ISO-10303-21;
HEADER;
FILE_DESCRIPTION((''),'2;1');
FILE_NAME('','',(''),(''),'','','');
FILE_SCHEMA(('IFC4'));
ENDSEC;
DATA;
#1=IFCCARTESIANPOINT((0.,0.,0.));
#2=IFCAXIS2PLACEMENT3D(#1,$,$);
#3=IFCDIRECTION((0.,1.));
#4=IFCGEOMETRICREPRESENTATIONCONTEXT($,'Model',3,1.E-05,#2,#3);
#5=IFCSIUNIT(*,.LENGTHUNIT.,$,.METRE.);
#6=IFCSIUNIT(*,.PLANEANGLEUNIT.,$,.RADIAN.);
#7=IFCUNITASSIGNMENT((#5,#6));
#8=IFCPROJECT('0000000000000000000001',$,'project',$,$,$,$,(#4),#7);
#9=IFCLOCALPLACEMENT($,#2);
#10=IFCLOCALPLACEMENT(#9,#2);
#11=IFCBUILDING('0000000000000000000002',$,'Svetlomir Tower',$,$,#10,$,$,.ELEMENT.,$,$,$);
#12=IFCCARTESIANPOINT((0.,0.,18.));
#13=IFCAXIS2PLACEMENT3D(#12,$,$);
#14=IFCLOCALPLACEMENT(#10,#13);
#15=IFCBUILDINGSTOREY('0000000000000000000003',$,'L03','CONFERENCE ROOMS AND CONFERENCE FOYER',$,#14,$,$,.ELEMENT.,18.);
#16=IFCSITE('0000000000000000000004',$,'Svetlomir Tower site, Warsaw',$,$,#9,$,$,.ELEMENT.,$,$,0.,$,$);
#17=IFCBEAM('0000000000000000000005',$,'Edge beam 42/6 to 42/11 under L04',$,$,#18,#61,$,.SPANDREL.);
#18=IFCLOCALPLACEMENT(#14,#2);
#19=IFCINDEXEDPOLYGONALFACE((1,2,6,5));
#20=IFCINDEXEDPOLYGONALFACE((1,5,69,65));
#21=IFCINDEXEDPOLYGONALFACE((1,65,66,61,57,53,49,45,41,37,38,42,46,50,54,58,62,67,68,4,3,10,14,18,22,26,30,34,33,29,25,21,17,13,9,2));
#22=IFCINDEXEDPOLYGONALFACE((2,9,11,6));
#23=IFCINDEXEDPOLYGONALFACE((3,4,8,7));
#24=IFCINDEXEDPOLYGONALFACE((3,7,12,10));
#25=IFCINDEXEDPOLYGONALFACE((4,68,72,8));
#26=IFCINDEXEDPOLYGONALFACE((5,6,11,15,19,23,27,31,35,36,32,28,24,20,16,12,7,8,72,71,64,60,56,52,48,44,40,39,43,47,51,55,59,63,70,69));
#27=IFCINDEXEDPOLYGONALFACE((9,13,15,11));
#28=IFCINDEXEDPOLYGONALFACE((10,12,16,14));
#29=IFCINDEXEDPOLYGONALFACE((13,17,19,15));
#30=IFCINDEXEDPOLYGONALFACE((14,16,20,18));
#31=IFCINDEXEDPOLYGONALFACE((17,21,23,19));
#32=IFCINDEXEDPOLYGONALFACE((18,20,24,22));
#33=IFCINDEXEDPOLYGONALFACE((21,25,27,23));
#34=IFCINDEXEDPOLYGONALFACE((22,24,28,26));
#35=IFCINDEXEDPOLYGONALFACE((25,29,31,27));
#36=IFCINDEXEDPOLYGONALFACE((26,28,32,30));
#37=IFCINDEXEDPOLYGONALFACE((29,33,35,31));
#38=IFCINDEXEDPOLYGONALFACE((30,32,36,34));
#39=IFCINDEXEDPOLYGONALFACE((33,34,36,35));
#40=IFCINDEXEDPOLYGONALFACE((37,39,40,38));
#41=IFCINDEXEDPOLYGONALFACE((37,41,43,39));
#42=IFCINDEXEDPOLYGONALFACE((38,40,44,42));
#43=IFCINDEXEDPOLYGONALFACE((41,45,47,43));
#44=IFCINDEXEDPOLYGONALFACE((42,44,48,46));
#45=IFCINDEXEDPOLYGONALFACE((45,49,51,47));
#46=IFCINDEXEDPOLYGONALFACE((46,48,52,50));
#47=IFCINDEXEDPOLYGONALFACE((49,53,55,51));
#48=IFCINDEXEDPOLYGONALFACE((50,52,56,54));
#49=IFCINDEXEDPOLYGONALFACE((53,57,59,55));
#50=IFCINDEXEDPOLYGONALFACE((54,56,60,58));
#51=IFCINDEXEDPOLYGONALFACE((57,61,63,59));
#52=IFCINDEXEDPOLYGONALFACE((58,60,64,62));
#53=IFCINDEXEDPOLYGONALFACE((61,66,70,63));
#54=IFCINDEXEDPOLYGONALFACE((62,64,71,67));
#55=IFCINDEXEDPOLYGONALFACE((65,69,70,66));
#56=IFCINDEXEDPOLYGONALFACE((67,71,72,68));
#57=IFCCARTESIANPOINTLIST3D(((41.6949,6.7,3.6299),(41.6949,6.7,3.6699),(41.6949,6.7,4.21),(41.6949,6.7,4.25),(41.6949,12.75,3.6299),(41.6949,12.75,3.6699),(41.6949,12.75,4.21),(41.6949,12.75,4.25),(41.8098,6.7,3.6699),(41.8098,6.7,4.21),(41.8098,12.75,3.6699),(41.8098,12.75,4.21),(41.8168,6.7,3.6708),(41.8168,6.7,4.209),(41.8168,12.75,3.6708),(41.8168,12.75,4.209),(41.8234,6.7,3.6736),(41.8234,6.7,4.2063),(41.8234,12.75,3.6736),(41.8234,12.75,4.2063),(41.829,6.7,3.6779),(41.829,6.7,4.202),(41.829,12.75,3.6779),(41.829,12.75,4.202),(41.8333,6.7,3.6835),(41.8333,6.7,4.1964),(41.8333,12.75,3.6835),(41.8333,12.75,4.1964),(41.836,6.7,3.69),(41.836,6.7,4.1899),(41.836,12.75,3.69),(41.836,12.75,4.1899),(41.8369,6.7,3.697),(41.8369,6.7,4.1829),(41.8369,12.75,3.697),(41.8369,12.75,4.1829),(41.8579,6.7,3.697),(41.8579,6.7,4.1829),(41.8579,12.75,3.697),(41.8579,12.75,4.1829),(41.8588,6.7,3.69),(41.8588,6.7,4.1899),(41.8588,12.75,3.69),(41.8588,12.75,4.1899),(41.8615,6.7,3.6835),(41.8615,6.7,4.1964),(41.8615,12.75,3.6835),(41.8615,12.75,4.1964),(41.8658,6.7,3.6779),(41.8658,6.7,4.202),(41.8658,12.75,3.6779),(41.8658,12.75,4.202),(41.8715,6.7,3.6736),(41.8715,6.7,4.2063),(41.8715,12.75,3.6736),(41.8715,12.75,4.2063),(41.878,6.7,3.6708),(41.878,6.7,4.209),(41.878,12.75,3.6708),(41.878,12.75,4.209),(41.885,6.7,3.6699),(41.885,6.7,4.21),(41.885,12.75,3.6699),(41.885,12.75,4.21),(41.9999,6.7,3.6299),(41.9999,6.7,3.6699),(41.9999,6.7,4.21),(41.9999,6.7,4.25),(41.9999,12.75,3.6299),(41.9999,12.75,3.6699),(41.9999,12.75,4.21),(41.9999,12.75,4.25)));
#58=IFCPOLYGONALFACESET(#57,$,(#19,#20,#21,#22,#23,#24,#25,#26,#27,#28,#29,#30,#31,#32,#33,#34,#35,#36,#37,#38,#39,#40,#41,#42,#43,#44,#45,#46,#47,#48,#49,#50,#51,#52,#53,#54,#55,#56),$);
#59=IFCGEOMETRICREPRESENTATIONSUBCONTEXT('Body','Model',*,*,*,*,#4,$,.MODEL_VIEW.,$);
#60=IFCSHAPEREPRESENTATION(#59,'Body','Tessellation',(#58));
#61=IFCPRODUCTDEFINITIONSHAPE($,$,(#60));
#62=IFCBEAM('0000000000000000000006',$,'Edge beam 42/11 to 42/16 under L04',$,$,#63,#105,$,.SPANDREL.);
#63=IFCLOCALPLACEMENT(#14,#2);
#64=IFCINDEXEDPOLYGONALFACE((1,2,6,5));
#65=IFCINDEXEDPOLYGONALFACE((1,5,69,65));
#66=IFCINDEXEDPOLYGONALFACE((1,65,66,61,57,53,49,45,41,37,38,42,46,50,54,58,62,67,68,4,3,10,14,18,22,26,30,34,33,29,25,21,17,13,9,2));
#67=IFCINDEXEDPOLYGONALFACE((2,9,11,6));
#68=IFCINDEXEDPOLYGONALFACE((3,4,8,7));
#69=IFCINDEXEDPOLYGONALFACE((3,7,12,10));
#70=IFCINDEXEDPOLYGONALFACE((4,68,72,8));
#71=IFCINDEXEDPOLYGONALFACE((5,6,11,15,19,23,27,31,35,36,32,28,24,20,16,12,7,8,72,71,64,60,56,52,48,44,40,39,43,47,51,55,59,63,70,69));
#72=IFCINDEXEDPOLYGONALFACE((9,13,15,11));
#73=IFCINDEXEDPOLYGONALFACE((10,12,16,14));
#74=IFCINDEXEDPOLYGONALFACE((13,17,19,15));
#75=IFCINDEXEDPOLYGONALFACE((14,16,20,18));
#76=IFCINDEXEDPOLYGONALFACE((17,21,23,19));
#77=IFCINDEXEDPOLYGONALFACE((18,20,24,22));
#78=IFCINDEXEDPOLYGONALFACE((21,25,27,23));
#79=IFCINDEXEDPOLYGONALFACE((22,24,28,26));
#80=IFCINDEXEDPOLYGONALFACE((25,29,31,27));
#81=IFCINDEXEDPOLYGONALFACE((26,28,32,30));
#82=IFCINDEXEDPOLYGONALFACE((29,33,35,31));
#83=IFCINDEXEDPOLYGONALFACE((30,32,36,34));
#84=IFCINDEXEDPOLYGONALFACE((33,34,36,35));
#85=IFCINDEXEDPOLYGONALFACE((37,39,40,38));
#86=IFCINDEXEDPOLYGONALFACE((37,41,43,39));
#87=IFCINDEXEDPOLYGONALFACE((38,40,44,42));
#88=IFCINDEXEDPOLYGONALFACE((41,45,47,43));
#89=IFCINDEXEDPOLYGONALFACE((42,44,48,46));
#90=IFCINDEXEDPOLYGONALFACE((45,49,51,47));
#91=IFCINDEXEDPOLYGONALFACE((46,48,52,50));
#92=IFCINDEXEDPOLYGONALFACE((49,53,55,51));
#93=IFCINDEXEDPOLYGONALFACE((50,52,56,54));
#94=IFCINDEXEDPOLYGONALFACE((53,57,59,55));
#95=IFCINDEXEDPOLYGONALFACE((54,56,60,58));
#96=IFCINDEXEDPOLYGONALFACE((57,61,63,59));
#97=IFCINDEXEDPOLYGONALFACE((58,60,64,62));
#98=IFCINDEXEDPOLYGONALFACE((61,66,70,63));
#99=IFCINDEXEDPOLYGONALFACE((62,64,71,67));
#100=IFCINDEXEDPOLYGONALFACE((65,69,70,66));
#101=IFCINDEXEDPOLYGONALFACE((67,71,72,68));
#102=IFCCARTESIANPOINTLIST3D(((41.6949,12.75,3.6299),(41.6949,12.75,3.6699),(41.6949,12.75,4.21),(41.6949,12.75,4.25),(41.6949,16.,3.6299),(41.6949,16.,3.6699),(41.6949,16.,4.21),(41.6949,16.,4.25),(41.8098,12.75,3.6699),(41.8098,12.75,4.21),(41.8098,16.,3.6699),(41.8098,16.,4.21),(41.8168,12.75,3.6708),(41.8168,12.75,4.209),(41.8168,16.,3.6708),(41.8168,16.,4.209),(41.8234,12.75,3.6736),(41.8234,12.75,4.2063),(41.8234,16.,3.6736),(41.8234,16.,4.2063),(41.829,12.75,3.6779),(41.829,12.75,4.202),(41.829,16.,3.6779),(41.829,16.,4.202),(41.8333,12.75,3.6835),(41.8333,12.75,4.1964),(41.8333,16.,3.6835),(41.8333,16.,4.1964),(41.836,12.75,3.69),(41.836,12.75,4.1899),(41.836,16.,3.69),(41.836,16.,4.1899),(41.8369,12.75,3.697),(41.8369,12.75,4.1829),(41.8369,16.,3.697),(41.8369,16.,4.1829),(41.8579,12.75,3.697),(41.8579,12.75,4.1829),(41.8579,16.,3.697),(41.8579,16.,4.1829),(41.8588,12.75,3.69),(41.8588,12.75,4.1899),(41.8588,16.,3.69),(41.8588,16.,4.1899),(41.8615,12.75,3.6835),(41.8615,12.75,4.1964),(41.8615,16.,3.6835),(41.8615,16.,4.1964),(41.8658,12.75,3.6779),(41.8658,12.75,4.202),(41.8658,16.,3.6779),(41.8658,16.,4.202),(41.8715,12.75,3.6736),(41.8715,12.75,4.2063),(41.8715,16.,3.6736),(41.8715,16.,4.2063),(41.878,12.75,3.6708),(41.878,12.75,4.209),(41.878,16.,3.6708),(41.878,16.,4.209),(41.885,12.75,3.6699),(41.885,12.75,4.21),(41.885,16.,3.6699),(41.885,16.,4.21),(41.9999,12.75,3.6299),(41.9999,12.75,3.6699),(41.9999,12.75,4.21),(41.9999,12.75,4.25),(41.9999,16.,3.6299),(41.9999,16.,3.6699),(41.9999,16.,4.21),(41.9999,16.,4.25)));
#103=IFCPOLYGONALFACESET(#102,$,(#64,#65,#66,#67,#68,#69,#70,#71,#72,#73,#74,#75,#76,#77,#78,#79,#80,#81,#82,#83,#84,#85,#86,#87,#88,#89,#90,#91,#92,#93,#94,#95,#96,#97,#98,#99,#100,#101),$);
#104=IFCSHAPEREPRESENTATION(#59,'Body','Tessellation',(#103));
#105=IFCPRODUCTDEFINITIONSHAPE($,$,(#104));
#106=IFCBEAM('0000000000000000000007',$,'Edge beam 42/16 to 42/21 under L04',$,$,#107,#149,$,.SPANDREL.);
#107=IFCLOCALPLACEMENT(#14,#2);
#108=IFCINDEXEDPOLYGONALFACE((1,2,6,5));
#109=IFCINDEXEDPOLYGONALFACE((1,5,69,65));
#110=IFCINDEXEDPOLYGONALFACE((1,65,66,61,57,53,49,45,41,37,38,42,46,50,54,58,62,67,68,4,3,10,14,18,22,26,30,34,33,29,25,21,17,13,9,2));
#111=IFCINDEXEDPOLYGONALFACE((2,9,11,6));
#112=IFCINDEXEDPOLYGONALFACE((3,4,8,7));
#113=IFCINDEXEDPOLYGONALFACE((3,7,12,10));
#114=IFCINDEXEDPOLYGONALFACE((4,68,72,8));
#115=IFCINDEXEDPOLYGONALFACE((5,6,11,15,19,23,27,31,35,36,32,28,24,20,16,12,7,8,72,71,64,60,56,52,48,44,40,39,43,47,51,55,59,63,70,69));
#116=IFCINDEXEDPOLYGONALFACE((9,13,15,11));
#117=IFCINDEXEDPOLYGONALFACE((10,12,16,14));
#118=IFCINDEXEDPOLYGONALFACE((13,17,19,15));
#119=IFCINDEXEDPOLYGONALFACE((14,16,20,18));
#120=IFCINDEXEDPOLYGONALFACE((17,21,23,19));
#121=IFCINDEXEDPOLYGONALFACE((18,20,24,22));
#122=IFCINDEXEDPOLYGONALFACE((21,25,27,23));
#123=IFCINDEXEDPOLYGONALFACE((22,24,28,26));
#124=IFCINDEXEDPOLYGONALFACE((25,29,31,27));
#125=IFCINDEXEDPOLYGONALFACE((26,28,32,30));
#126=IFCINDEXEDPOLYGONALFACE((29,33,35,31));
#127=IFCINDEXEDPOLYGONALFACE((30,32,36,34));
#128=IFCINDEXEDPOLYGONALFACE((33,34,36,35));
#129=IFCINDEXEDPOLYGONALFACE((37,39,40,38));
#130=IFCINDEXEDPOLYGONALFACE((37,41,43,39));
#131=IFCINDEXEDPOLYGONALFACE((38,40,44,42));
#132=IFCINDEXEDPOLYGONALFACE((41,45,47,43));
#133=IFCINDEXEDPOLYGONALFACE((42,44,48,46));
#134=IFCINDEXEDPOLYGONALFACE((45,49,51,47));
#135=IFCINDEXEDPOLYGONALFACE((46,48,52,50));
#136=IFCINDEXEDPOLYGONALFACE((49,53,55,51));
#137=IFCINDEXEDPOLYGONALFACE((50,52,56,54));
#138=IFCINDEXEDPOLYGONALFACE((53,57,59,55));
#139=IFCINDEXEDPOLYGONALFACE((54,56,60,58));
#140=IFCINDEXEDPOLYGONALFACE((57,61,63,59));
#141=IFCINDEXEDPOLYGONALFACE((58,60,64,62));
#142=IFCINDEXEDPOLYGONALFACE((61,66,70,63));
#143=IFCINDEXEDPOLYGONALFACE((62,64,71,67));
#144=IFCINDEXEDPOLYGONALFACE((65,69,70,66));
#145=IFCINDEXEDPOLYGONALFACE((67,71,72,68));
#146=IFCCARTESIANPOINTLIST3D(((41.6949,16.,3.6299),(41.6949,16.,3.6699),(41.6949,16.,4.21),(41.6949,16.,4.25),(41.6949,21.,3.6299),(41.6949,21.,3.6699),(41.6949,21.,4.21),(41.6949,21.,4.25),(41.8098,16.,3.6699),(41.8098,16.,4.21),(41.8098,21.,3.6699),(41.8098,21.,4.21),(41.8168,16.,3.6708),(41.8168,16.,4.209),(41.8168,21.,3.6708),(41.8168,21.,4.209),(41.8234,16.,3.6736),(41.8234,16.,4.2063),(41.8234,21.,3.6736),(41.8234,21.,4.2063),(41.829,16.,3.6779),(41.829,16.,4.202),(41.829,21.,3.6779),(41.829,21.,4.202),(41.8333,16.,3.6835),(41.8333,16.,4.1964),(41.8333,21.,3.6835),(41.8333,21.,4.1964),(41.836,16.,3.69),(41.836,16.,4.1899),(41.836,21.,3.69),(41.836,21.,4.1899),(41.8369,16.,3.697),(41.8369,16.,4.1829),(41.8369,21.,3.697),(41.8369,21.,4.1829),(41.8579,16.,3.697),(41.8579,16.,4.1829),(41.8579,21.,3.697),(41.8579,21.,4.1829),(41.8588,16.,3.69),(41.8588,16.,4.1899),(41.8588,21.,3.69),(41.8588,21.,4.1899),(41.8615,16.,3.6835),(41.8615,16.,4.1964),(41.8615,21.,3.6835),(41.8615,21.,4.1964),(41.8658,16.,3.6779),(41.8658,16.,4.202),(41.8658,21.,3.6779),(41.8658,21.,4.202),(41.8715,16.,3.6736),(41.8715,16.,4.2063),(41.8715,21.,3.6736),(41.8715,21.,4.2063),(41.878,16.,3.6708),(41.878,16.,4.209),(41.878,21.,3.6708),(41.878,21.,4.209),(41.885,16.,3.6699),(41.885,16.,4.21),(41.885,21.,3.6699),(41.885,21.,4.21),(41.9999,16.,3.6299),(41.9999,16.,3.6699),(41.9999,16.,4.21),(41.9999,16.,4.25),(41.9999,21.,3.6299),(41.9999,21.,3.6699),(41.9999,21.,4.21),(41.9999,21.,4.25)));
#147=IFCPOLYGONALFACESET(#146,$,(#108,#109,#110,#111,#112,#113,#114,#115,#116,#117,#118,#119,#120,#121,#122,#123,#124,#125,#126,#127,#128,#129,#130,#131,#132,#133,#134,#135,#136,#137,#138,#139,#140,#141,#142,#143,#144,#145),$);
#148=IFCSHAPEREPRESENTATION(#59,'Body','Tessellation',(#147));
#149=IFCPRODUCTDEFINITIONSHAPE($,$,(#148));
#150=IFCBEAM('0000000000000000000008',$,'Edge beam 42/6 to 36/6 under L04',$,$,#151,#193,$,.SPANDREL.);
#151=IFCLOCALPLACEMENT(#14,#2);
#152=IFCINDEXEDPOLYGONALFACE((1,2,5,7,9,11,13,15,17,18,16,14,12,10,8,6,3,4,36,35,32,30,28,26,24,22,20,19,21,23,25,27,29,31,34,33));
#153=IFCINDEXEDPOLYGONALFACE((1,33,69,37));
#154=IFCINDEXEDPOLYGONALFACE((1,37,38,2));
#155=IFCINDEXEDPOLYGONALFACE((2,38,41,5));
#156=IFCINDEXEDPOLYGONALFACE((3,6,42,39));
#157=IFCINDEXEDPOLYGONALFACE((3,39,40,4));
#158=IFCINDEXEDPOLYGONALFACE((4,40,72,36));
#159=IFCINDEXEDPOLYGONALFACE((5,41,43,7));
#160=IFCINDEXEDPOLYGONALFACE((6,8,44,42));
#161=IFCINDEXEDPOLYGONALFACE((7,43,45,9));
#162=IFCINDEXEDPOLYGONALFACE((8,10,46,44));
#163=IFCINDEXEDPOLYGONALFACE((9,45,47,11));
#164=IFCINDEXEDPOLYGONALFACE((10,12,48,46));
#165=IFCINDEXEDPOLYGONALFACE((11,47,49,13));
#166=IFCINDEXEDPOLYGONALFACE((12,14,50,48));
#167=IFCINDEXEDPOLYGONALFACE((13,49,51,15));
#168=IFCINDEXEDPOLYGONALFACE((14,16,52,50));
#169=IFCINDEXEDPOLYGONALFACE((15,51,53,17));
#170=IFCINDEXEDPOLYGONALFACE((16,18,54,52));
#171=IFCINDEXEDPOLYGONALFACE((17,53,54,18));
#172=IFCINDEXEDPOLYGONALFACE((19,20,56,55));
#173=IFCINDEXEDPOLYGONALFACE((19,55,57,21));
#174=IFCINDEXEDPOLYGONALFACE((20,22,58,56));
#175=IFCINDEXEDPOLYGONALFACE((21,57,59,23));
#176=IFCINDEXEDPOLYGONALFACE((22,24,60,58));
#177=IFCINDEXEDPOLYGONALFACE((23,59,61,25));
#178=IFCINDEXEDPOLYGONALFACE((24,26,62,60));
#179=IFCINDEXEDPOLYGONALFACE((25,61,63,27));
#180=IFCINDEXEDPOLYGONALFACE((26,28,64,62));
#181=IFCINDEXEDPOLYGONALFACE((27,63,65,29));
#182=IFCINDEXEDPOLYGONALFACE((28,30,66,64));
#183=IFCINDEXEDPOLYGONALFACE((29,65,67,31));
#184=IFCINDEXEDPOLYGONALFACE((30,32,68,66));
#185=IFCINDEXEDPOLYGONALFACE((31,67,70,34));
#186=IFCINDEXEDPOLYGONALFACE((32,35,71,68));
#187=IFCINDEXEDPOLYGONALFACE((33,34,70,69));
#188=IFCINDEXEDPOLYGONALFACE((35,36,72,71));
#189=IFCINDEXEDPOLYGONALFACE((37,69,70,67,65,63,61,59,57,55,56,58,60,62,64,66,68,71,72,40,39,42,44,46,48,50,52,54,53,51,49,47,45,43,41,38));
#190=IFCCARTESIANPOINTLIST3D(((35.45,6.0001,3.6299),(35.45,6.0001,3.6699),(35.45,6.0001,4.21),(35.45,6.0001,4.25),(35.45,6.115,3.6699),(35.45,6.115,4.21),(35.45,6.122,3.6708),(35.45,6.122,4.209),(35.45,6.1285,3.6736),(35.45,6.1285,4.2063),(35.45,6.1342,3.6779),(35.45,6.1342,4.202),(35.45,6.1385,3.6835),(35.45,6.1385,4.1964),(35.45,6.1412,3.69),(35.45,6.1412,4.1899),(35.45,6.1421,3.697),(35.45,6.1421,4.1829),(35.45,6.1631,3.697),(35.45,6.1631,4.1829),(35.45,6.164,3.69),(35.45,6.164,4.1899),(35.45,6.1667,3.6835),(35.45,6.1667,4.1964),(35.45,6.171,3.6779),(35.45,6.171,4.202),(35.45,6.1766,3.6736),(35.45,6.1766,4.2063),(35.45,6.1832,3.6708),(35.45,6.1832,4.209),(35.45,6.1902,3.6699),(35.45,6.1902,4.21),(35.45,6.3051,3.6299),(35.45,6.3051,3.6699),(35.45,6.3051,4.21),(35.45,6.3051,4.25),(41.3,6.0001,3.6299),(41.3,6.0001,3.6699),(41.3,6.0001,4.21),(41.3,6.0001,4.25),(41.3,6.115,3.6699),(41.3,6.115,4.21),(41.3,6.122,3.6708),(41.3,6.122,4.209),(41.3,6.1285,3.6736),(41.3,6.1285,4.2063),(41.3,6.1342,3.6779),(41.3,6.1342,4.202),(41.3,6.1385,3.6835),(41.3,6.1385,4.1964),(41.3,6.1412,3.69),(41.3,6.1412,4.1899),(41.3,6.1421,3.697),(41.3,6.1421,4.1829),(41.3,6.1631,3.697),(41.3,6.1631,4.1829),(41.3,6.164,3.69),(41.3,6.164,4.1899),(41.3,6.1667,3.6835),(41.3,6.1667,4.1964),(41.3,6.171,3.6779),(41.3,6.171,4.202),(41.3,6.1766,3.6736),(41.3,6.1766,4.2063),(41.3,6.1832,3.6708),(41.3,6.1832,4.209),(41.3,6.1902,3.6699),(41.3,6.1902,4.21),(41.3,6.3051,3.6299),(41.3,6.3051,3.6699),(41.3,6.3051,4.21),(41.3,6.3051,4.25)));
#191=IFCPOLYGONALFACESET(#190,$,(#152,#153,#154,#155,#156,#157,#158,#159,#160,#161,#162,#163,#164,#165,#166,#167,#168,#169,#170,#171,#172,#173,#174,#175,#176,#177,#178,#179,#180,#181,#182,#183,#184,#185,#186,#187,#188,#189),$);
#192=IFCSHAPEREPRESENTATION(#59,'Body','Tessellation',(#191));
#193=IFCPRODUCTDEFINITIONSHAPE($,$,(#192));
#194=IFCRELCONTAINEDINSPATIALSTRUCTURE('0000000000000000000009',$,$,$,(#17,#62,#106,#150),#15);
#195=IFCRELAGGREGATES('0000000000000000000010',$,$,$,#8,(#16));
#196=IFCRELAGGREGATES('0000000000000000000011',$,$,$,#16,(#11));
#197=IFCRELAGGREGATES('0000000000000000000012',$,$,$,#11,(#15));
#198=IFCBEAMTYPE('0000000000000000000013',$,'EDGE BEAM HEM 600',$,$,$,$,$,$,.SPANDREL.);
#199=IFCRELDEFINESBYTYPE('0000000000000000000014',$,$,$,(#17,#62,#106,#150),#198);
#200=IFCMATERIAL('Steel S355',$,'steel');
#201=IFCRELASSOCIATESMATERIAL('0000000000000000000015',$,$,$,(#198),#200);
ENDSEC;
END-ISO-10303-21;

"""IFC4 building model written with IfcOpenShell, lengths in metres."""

from ifc_helpers import new_model, si_unit, direction, frame, origin, origin_2d, place, context, subcontext, project, spatial, i_section, extrude, material, material_profile, profile_set, type_object, element, save


model = new_model("IFC4")

# Units and contexts
model_context = context("Model", 3, precision=1e-05, world=origin(), true_north=direction((0.0, 1.0)))
body_context = subcontext(model_context, "Body", "Model", "MODEL_VIEW")
ifc_project = project(units=[si_unit("LENGTHUNIT", "METRE"), si_unit("PLANEANGLEUNIT", "RADIAN")], contexts=[model_context])

# Site, building, storey
site_placement = place(None, origin())
site = spatial("IfcSite", under=ifc_project, at=site_placement, Name="Svetlomir Tower site, Warsaw", CompositionType="ELEMENT", RefElevation=0.0)
building_placement = place(site_placement, origin())
building = spatial("IfcBuilding", under=site, at=building_placement, Name="Svetlomir Tower", CompositionType="ELEMENT")
storey_placement = place(building_placement, frame((0.0, 0.0, 18.0)))
storey = spatial("IfcBuildingStorey", under=building, at=storey_placement, Name="L03", Description="CONFERENCE ROOMS AND CONFERENCE FOYER", CompositionType="ELEMENT", Elevation=18.0)

# Beams
ifc_material_1 = material(Name="Steel S355", Category="steel")
ifc_material_profile_1 = material_profile(ifc_material_1, i_section(OverallWidth=0.3049, OverallDepth=0.6201, WebThickness=0.021, FlangeThickness=0.04, FilletRadius=0.0271, at=origin_2d()), Name="HEM 600")
ifc_profile_set_1 = profile_set([ifc_material_profile_1], Name="Steel S355")
beam_type = type_object("IfcBeamType", Name="EDGE BEAM HEM 600", PredefinedType="SPANDREL", material=ifc_profile_set_1)
beam_1_placement = place(storey_placement, frame((41.8474, 6.7, 3.9399), z_axis=(0.0, 1.0, 0.0), x_axis=(-1.0, 0.0, 0.0)))
element("IfcBeam", 1, at=beam_1_placement, inside=storey, type_object=beam_type, Name="Edge beam 42/6 to 42/11 under L04", PredefinedType="SPANDREL", context=body_context, shape_type="SweptSolid", body=[
    extrude(i_section(OverallWidth=0.3049, OverallDepth=0.6201, WebThickness=0.021, FlangeThickness=0.04, FilletRadius=0.0271, at=origin_2d()), origin(), (0.0, 0.0, 1.0), 6.05),
])
beam_2_placement = place(storey_placement, frame((41.8474, 12.75, 3.9399), z_axis=(0.0, 1.0, 0.0), x_axis=(-1.0, 0.0, 0.0)))
element("IfcBeam", 2, at=beam_2_placement, inside=storey, type_object=beam_type, Name="Edge beam 42/11 to 42/16 under L04", PredefinedType="SPANDREL", context=body_context, shape_type="SweptSolid", body=[
    extrude(i_section(OverallWidth=0.3049, OverallDepth=0.6201, WebThickness=0.021, FlangeThickness=0.04, FilletRadius=0.0271, at=origin_2d()), origin(), (0.0, 0.0, 1.0), 3.25),
])
beam_3_placement = place(storey_placement, frame((41.8474, 16.0, 3.9399), z_axis=(0.0, 1.0, 0.0), x_axis=(-1.0, 0.0, 0.0)))
element("IfcBeam", 3, at=beam_3_placement, inside=storey, type_object=beam_type, Name="Edge beam 42/16 to 42/21 under L04", PredefinedType="SPANDREL", context=body_context, shape_type="SweptSolid", body=[
    extrude(i_section(OverallWidth=0.3049, OverallDepth=0.6201, WebThickness=0.021, FlangeThickness=0.04, FilletRadius=0.0271, at=origin_2d()), origin(), (0.0, 0.0, 1.0), 5.0),
])
beam_4_placement = place(storey_placement, frame((41.3, 6.1526, 3.9399), z_axis=(-1.0, 0.0, 0.0), x_axis=(0.0, -1.0, 0.0)))
element("IfcBeam", 4, at=beam_4_placement, inside=storey, type_object=beam_type, Name="Edge beam 42/6 to 36/6 under L04", PredefinedType="SPANDREL", context=body_context, shape_type="SweptSolid", body=[
    extrude(i_section(OverallWidth=0.3049, OverallDepth=0.6201, WebThickness=0.021, FlangeThickness=0.04, FilletRadius=0.0271, at=origin_2d()), origin(), (0.0, 0.0, 1.0), 5.8501),
])

save(model, "model.ifc")
